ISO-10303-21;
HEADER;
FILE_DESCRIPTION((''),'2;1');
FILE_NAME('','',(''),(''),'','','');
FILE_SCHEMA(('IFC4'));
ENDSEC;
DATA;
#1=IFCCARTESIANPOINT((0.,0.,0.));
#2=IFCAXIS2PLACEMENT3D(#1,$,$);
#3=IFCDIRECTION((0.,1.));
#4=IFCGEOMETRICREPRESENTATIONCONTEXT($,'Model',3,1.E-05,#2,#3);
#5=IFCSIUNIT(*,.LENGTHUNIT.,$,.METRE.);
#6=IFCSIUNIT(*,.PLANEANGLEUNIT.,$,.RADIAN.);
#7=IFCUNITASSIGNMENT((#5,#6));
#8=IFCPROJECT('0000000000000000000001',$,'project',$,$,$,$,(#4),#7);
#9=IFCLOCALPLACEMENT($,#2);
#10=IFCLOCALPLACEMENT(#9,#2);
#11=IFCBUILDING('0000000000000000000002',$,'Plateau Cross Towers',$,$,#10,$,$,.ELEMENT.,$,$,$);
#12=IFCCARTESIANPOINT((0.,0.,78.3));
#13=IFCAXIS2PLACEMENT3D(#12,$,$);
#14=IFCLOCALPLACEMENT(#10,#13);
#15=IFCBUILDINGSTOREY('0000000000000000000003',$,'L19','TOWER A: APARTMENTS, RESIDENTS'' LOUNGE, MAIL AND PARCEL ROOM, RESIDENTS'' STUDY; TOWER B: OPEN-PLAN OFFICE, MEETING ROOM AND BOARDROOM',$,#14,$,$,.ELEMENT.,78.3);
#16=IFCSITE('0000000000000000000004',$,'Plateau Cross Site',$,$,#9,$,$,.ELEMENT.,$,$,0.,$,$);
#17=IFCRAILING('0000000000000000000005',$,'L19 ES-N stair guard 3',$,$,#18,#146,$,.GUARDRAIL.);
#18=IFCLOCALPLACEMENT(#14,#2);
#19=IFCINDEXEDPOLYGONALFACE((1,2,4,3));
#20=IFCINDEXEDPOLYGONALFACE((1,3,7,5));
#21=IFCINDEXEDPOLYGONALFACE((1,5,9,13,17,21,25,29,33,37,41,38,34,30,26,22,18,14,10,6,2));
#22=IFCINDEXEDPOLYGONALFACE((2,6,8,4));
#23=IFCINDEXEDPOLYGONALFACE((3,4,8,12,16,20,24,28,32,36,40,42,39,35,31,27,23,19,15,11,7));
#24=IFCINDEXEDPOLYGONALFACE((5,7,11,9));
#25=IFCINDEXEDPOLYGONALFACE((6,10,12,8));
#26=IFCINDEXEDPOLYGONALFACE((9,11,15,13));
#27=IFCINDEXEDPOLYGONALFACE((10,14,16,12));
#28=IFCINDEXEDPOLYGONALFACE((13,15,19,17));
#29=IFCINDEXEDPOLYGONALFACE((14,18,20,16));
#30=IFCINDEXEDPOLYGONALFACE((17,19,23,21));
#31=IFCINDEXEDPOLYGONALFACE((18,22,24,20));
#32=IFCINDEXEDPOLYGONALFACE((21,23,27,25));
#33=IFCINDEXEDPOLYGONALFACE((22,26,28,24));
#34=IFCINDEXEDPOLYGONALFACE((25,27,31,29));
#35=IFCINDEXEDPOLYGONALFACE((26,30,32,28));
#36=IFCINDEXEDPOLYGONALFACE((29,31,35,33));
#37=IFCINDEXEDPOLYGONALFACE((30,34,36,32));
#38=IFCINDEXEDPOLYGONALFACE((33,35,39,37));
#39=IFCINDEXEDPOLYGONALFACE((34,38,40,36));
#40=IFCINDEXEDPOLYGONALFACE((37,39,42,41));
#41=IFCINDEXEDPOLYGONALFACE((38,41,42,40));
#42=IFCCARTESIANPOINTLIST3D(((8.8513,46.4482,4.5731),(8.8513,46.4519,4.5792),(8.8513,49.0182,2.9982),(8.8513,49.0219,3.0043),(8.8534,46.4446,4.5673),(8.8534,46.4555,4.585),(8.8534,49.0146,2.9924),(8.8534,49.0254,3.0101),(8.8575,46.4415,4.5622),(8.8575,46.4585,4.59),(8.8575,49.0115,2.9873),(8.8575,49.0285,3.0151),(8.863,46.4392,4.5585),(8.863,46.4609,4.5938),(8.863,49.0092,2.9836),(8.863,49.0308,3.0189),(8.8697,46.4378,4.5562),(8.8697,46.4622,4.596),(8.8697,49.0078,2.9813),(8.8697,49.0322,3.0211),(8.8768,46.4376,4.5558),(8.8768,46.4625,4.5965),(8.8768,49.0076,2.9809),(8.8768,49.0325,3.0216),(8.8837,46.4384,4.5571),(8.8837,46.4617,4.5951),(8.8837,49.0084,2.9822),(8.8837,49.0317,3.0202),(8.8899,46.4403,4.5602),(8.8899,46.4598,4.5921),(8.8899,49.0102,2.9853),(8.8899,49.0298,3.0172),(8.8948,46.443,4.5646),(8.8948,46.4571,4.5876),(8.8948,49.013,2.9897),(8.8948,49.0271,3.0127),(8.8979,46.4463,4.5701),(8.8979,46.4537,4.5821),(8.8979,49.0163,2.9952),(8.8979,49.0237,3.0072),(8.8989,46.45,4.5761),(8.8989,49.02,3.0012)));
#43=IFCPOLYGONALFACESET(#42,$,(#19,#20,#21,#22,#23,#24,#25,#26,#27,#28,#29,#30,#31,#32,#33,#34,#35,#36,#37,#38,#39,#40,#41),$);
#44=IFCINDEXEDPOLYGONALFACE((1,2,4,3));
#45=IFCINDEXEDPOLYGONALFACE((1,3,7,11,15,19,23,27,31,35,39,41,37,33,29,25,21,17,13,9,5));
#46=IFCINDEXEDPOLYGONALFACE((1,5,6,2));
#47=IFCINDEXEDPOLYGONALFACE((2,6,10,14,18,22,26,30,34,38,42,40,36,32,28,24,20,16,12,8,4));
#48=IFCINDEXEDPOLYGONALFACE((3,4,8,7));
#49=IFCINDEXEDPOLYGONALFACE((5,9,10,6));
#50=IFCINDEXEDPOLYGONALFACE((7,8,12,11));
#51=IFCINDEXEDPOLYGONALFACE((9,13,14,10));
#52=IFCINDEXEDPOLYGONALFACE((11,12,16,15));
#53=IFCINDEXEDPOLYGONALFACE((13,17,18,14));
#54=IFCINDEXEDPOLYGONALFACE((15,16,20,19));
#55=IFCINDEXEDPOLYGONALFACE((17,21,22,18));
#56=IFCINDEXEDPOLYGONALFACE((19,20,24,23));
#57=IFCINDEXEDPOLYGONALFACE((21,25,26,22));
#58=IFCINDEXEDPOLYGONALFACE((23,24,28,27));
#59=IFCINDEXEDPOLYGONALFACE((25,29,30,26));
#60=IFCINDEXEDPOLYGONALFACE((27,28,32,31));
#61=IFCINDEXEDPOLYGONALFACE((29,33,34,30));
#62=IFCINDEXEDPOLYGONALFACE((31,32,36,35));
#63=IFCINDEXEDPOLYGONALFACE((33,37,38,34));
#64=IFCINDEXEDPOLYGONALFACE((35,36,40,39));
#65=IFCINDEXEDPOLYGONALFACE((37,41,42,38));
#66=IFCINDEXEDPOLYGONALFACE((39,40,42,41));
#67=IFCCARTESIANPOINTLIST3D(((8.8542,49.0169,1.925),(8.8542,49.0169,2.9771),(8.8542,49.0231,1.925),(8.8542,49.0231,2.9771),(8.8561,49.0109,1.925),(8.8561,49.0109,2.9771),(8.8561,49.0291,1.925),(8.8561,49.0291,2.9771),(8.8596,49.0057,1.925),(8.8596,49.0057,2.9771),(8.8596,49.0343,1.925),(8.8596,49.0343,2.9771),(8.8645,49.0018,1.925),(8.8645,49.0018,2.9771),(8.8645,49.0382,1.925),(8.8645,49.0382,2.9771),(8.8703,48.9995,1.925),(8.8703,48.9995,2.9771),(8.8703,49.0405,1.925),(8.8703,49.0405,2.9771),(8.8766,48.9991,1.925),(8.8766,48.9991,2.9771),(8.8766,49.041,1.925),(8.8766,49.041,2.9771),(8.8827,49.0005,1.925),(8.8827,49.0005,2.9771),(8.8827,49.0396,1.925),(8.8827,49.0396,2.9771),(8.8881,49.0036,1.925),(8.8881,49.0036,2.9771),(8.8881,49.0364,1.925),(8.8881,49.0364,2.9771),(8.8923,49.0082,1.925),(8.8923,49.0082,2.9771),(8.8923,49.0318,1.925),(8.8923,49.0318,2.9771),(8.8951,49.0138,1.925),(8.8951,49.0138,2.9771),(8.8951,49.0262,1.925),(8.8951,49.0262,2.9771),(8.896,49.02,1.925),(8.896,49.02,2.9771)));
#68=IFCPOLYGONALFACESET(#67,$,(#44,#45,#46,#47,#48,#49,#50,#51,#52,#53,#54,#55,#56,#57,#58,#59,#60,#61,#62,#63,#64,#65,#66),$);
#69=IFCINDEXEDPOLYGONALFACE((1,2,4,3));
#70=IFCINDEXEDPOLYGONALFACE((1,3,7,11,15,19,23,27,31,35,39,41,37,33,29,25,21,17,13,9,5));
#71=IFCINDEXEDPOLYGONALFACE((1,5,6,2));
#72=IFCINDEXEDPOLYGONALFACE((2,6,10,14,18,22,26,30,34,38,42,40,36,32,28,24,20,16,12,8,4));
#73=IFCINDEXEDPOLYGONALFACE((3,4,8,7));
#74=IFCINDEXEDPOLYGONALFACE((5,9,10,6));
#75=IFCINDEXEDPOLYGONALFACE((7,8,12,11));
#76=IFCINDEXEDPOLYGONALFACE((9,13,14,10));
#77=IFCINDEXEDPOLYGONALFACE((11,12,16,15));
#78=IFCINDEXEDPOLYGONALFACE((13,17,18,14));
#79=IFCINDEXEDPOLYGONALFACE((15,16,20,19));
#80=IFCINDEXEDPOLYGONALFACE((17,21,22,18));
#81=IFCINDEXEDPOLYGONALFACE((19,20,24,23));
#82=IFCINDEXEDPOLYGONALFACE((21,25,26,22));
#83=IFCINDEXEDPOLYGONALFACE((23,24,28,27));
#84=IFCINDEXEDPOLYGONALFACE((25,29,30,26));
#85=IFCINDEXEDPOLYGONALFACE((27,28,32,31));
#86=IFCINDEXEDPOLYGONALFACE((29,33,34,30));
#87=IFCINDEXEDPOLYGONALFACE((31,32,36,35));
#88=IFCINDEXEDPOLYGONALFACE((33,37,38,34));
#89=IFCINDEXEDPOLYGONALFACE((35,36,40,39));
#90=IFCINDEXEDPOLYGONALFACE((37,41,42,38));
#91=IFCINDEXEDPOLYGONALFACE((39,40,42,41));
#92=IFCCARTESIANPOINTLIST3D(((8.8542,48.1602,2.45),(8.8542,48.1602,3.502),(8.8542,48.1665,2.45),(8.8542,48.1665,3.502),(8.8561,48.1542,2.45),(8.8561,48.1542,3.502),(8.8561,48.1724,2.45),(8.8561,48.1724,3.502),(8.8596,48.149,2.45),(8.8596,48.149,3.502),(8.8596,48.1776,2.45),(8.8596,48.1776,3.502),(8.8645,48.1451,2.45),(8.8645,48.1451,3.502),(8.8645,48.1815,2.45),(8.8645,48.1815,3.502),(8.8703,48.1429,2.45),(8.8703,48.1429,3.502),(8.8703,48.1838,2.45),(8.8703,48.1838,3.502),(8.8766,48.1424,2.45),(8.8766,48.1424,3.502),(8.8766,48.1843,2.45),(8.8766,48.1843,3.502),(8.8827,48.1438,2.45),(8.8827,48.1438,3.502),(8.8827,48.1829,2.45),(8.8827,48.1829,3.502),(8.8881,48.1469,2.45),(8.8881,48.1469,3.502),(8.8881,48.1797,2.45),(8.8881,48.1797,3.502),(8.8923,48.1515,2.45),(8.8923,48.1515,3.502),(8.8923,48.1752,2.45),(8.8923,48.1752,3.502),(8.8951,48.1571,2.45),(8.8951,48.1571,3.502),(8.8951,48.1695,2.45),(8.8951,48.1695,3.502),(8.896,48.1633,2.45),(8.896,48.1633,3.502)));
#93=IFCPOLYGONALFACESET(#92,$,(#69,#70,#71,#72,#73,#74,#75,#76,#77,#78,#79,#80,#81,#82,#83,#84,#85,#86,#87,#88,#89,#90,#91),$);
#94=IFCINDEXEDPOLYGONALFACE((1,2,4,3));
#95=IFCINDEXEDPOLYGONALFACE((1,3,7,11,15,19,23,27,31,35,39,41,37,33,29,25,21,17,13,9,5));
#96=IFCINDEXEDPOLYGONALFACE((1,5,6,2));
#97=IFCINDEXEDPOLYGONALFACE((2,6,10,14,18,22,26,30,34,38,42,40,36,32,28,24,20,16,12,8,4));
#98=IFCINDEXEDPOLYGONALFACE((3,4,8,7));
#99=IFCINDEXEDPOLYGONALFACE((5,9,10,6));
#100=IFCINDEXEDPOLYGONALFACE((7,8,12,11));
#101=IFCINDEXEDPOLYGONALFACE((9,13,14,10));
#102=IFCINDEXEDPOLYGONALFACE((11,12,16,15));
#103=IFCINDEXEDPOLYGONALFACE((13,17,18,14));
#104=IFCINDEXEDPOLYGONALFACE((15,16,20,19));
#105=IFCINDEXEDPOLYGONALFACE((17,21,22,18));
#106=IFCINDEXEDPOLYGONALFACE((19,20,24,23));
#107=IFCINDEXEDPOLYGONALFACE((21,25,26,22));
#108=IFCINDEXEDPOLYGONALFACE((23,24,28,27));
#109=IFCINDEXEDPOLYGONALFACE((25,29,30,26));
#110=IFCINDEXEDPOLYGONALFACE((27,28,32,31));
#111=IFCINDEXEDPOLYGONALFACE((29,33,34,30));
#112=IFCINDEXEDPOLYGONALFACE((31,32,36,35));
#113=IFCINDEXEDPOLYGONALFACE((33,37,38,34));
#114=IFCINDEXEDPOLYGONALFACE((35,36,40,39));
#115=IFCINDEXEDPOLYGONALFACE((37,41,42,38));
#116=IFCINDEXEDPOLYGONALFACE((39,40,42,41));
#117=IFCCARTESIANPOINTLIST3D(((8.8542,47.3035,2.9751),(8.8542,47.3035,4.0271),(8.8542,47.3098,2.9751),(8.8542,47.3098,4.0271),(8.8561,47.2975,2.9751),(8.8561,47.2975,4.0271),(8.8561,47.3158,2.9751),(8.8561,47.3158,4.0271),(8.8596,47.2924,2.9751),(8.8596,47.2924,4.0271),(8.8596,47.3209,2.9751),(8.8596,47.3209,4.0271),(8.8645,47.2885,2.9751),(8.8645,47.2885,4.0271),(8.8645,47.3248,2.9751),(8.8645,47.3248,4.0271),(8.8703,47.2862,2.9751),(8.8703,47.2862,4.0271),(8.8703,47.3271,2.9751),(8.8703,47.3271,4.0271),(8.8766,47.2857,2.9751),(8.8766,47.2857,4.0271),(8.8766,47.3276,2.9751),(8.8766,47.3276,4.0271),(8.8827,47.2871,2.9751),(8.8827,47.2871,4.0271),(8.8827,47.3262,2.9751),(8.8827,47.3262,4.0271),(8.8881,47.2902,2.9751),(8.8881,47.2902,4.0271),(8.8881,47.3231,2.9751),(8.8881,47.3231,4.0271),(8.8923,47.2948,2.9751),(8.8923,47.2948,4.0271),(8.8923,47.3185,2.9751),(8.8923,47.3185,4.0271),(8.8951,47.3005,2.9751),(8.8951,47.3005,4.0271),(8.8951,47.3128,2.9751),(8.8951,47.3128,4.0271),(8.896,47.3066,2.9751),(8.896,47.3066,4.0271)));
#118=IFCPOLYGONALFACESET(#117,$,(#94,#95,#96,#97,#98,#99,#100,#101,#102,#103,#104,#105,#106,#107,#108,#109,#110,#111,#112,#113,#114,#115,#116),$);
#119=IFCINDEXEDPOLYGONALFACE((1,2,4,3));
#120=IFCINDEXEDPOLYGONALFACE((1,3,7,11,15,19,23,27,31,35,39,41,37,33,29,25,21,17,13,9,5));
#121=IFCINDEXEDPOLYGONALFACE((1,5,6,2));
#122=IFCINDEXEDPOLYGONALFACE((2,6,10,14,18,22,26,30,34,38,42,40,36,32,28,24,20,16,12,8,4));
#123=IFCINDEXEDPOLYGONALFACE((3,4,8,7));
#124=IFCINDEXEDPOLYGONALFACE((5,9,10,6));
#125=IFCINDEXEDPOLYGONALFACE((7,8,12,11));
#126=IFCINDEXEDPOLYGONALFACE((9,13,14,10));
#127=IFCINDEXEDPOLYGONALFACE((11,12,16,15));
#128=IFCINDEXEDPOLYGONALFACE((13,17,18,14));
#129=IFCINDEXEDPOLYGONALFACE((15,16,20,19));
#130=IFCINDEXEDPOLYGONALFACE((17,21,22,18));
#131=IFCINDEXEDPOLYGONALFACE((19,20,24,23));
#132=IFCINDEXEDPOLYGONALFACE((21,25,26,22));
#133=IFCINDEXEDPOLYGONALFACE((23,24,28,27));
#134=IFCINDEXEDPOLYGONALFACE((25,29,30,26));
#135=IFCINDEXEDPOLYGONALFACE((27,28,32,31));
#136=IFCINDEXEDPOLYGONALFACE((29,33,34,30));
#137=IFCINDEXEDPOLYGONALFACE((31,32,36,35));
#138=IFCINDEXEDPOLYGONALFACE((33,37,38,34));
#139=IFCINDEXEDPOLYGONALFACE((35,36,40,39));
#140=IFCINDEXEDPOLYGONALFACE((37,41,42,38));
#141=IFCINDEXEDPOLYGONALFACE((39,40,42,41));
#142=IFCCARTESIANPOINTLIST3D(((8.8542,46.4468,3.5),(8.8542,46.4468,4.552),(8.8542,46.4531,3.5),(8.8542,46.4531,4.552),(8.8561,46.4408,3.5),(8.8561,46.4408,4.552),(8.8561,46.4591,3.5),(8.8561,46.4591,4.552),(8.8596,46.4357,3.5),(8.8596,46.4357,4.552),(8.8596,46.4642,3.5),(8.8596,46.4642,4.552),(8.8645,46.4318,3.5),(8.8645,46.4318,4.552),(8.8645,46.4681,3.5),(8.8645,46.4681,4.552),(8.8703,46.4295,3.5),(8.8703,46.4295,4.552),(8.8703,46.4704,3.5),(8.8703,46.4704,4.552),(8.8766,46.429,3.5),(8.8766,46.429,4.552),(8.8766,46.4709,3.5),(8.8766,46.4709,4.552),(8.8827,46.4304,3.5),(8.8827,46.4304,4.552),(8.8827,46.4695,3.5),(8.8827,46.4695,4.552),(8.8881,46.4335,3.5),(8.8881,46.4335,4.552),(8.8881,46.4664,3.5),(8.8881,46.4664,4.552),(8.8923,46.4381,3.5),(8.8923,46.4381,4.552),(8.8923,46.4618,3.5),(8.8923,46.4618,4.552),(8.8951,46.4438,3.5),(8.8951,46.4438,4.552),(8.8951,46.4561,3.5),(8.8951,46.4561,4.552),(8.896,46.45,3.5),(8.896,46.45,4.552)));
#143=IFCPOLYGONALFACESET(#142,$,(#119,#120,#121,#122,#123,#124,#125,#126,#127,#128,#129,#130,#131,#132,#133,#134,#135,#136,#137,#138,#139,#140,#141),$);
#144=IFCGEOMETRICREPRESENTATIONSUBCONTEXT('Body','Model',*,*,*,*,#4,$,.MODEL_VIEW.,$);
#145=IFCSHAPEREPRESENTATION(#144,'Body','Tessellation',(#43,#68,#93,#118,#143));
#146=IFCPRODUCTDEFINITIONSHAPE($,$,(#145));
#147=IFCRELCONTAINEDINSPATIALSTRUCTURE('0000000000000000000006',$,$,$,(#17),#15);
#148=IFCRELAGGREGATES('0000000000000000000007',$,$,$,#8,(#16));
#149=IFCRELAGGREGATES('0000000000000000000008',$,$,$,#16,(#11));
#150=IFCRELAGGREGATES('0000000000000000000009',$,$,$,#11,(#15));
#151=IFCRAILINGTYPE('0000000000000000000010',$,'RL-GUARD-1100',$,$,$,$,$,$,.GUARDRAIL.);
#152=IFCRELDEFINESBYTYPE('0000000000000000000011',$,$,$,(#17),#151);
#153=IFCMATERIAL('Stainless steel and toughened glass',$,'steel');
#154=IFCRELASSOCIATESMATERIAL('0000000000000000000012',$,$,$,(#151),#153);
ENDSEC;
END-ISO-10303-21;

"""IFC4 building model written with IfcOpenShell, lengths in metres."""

from ifc_helpers import new_model, si_unit, direction, frame, origin, origin_2d, place, context, subcontext, project, spatial, circle, extrude, material, type_object, element, save


model = new_model("IFC4")

# Units and contexts
model_context = context("Model", 3, precision=1e-05, world=origin(), true_north=direction((0.0, 1.0)))
body_context = subcontext(model_context, "Body", "Model", "MODEL_VIEW")
ifc_project = project(units=[si_unit("LENGTHUNIT", "METRE"), si_unit("PLANEANGLEUNIT", "RADIAN")], contexts=[model_context])

# Site, building, storey
site_placement = place(None, origin())
site = spatial("IfcSite", under=ifc_project, at=site_placement, Name="Plateau Cross Site", CompositionType="ELEMENT", RefElevation=0.0)
building_placement = place(site_placement, origin())
building = spatial("IfcBuilding", under=site, at=building_placement, Name="Plateau Cross Towers", CompositionType="ELEMENT")
storey_placement = place(building_placement, frame((0.0, 0.0, 78.3)))
storey = spatial("IfcBuildingStorey", under=building, at=storey_placement, Name="L19", Description="TOWER A: APARTMENTS, RESIDENTS' LOUNGE, MAIL AND PARCEL ROOM, RESIDENTS' STUDY; TOWER B: OPEN-PLAN OFFICE, MEETING ROOM AND BOARDROOM", CompositionType="ELEMENT", Elevation=78.3)

# Railing
ifc_material_1 = material(Name="Stainless steel and toughened glass", Category="steel")
railing_type_1 = type_object("IfcRailingType", Name="RL-GUARD-1100", PredefinedType="GUARDRAIL", material=ifc_material_1)
railing_1_placement = place(storey_placement, frame((8.875, 49.02, 1.925)))
element("IfcRailing", 1, at=railing_1_placement, inside=storey, type_object=railing_type_1, Name="L19 ES-N stair guard 3", PredefinedType="GUARDRAIL", context=body_context, shape_type="SweptSolid", body=[
    extrude(circle(Radius=0.0239, at=origin_2d()), frame((0.0, 0.0, 1.0762), z_axis=(0.0, -0.852639, 0.522501), x_axis=(1.0, 0.0, 0.0)), (0.0, 0.0, 1.0), 3.0142),
    extrude(circle(Radius=0.021, at=origin_2d()), origin(), (0.0, 0.0, 1.0), 1.052),
    extrude(circle(Radius=0.021, at=origin_2d()), frame((0.0, -0.8567, 0.5249)), (0.0, 0.0, 1.0), 1.052),
    extrude(circle(Radius=0.021, at=origin_2d()), frame((0.0, -1.7134, 1.05)), (0.0, 0.0, 1.0), 1.052),
    extrude(circle(Radius=0.021, at=origin_2d()), frame((0.0, -2.5701, 1.575)), (0.0, 0.0, 1.0), 1.052),
])

save(model, "model.ifc")
